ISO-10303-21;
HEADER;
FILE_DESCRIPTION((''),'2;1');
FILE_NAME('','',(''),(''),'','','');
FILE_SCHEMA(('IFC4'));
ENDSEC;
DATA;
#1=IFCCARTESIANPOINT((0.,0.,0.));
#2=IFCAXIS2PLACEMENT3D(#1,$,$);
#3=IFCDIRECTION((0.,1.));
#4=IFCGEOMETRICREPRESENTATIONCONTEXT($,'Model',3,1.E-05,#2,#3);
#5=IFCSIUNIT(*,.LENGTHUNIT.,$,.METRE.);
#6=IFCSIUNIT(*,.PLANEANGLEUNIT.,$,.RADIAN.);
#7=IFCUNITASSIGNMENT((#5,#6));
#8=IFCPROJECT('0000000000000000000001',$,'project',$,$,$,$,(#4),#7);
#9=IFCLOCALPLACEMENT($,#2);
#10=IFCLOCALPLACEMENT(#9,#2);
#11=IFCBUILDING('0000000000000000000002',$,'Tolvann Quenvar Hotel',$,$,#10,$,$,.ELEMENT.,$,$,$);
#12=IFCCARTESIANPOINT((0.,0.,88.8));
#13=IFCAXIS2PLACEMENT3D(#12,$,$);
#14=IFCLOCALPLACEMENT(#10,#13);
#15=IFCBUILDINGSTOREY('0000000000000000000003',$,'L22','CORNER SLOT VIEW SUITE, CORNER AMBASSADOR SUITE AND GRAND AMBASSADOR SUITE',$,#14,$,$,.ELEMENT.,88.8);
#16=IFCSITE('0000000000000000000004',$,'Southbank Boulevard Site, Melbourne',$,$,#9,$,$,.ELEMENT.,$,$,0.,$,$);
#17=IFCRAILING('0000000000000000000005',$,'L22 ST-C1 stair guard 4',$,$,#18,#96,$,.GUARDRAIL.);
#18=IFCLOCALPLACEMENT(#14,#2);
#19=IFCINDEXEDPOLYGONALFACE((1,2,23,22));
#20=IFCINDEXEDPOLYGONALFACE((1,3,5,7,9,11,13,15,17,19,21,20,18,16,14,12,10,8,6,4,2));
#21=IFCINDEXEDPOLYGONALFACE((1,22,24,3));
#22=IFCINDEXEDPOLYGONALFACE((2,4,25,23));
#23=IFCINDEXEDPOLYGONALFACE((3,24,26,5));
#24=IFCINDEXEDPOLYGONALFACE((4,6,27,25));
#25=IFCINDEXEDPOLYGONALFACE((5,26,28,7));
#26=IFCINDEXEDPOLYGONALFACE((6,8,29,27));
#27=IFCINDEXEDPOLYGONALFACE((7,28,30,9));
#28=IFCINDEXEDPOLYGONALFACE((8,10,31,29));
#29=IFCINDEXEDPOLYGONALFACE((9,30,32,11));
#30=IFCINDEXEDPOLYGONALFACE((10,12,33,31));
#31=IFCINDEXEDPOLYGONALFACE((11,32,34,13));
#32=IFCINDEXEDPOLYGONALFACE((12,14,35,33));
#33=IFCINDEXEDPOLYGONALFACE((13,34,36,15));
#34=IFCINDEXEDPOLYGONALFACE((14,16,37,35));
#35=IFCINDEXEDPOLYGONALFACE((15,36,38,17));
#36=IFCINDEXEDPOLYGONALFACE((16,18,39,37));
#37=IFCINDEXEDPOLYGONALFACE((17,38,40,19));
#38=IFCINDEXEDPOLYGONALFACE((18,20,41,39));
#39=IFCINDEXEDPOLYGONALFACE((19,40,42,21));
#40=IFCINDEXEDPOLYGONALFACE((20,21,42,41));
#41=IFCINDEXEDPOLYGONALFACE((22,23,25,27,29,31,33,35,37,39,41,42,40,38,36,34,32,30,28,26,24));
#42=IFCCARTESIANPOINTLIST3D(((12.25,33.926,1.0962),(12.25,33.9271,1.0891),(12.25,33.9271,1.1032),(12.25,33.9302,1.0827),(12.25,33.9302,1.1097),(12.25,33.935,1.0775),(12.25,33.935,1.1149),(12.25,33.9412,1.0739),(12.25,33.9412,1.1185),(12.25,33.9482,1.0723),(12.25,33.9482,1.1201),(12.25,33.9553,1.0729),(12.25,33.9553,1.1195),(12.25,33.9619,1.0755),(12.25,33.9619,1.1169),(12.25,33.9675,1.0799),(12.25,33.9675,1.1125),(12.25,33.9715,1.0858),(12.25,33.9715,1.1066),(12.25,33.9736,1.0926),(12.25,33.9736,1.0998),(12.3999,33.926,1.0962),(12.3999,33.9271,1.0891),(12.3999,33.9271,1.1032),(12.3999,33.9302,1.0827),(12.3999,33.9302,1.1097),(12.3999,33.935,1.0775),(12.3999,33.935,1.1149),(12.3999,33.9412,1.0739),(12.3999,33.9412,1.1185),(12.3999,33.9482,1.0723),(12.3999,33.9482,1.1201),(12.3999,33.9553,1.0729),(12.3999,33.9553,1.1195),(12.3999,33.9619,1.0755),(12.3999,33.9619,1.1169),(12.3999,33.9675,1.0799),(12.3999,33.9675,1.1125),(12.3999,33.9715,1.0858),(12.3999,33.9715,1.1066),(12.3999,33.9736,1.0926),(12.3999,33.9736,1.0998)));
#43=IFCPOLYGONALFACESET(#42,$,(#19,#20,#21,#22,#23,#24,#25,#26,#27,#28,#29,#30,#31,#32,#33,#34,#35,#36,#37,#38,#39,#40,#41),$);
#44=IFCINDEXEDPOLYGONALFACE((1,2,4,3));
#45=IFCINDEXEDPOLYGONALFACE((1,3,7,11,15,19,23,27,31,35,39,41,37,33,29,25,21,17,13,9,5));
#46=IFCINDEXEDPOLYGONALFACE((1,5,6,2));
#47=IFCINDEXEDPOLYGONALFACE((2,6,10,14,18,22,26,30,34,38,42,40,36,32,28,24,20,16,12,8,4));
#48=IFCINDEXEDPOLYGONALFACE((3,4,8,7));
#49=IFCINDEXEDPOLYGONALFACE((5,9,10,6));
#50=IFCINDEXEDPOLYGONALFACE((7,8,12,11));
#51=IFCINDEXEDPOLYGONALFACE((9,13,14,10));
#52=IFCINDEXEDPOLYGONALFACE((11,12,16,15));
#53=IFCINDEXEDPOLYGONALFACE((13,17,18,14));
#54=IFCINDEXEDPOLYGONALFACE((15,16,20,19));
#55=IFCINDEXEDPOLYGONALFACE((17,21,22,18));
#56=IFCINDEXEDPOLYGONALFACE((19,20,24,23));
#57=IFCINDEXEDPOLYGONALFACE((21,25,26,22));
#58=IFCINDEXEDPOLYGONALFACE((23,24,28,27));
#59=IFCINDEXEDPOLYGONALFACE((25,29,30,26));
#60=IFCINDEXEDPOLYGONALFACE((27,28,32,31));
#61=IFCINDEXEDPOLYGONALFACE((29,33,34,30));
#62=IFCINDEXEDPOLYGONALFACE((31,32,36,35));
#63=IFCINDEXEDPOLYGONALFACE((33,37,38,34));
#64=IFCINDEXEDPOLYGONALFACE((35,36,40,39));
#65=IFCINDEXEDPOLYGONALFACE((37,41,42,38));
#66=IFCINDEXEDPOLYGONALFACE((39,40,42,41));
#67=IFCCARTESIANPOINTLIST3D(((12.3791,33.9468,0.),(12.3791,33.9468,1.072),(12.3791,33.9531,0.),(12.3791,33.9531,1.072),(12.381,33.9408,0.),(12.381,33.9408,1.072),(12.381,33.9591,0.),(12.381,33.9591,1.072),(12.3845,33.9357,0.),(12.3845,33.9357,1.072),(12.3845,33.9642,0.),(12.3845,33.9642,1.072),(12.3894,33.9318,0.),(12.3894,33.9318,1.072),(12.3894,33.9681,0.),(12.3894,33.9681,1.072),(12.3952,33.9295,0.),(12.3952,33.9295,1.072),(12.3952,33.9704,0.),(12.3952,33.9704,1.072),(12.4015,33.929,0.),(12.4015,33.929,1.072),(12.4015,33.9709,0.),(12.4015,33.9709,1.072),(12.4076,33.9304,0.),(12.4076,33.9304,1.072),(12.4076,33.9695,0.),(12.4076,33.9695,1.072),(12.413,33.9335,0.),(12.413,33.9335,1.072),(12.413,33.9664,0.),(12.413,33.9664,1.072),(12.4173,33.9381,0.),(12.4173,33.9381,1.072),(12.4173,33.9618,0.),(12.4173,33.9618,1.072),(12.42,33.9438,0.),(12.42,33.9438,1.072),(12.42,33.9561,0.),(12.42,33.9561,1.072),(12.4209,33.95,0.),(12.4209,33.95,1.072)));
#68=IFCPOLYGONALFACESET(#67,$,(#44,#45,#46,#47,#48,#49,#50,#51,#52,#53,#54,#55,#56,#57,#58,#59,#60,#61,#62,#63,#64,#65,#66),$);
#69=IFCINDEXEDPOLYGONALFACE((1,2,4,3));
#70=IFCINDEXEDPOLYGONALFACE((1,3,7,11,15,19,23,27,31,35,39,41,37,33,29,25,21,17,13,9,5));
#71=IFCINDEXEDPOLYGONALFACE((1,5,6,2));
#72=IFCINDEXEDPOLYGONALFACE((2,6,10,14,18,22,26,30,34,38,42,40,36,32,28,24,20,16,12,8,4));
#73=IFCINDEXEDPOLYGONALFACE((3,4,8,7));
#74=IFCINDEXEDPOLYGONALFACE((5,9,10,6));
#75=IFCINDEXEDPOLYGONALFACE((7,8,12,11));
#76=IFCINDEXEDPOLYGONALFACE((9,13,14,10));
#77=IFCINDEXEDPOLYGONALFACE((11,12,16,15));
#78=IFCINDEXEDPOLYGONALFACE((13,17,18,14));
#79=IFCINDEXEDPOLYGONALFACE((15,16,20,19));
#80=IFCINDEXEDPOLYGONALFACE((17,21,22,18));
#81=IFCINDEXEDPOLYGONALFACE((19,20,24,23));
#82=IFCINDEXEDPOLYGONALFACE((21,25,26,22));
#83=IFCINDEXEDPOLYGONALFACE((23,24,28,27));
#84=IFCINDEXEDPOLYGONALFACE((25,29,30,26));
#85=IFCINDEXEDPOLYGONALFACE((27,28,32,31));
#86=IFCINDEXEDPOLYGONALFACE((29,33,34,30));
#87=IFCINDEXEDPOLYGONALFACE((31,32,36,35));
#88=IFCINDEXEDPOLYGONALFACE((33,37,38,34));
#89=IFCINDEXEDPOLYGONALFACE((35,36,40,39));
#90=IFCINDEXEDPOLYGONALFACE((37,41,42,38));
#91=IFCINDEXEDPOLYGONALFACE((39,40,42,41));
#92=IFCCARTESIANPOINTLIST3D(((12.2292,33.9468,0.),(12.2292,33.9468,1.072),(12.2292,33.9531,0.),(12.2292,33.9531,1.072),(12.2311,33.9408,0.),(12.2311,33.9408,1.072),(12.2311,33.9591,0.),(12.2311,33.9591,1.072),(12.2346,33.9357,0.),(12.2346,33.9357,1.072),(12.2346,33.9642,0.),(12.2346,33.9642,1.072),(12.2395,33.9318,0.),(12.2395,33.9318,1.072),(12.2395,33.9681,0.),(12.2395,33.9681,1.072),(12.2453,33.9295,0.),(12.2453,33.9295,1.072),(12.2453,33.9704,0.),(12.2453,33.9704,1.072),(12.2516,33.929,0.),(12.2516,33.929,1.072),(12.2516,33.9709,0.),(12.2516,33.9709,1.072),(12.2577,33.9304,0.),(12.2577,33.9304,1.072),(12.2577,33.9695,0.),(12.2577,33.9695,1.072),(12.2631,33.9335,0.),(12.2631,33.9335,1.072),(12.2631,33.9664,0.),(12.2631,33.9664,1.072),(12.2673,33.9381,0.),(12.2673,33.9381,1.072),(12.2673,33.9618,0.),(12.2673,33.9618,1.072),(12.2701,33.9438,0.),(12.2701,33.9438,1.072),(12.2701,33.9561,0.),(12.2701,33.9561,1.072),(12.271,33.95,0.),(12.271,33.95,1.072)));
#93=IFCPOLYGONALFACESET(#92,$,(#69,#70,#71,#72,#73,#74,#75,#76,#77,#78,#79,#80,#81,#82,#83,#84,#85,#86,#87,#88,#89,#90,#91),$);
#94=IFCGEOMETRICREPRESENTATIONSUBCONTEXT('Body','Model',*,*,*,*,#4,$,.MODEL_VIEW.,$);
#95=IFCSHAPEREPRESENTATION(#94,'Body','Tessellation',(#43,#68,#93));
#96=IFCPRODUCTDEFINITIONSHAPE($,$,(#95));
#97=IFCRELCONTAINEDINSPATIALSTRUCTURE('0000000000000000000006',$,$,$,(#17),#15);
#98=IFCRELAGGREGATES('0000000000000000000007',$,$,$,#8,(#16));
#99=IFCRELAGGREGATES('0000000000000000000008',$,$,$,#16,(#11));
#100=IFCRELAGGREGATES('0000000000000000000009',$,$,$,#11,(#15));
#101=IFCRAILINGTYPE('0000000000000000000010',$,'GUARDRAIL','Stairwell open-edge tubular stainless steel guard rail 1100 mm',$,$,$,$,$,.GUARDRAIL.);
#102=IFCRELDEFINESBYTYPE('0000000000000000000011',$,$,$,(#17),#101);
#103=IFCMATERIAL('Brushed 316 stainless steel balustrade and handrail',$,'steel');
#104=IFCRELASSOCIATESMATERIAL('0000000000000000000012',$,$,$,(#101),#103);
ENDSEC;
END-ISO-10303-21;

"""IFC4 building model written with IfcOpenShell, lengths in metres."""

from ifc_helpers import new_model, si_unit, direction, frame, origin, origin_2d, place, context, subcontext, project, spatial, circle, extrude, material, type_object, element, save


model = new_model("IFC4")

# Units and contexts
model_context = context("Model", 3, precision=1e-05, world=origin(), true_north=direction((0.0, 1.0)))
body_context = subcontext(model_context, "Body", "Model", "MODEL_VIEW")
ifc_project = project(units=[si_unit("LENGTHUNIT", "METRE"), si_unit("PLANEANGLEUNIT", "RADIAN")], contexts=[model_context])

# Site, building, storey
site_placement = place(None, origin())
site = spatial("IfcSite", under=ifc_project, at=site_placement, Name="Southbank Boulevard Site, Melbourne", CompositionType="ELEMENT", RefElevation=0.0)
building_placement = place(site_placement, origin())
building = spatial("IfcBuilding", under=site, at=building_placement, Name="Tolvann Quenvar Hotel", CompositionType="ELEMENT")
storey_placement = place(building_placement, frame((0.0, 0.0, 88.8)))
storey = spatial("IfcBuildingStorey", under=building, at=storey_placement, Name="L22", Description="CORNER SLOT VIEW SUITE, CORNER AMBASSADOR SUITE AND GRAND AMBASSADOR SUITE", CompositionType="ELEMENT", Elevation=88.8)

# Railing
ifc_material_1 = material(Name="Brushed 316 stainless steel balustrade and handrail", Category="steel")
railing_type_1 = type_object("IfcRailingType", Name="GUARDRAIL", Description="Stairwell open-edge tubular stainless steel guard rail 1100 mm", PredefinedType="GUARDRAIL", material=ifc_material_1)
railing_1_placement = place(storey_placement, frame((12.3999, 33.95, 0.0)))
element("IfcRailing", 1, at=railing_1_placement, inside=storey, type_object=railing_type_1, Name="L22 ST-C1 stair guard 4", PredefinedType="GUARDRAIL", context=body_context, shape_type="SweptSolid", body=[
    extrude(circle(Radius=0.0239, at=origin_2d()), frame((0.0, 0.0, 1.0962), z_axis=(-1.0, 0.0, 0.0), x_axis=(0.0, -1.0, 0.0)), (0.0, 0.0, 1.0), 0.1499),
    extrude(circle(Radius=0.021, at=origin_2d()), origin(), (0.0, 0.0, 1.0), 1.072),
    extrude(circle(Radius=0.021, at=origin_2d()), frame((-0.1499, 0.0, 0.0)), (0.0, 0.0, 1.0), 1.072),
])

save(model, "model.ifc")
